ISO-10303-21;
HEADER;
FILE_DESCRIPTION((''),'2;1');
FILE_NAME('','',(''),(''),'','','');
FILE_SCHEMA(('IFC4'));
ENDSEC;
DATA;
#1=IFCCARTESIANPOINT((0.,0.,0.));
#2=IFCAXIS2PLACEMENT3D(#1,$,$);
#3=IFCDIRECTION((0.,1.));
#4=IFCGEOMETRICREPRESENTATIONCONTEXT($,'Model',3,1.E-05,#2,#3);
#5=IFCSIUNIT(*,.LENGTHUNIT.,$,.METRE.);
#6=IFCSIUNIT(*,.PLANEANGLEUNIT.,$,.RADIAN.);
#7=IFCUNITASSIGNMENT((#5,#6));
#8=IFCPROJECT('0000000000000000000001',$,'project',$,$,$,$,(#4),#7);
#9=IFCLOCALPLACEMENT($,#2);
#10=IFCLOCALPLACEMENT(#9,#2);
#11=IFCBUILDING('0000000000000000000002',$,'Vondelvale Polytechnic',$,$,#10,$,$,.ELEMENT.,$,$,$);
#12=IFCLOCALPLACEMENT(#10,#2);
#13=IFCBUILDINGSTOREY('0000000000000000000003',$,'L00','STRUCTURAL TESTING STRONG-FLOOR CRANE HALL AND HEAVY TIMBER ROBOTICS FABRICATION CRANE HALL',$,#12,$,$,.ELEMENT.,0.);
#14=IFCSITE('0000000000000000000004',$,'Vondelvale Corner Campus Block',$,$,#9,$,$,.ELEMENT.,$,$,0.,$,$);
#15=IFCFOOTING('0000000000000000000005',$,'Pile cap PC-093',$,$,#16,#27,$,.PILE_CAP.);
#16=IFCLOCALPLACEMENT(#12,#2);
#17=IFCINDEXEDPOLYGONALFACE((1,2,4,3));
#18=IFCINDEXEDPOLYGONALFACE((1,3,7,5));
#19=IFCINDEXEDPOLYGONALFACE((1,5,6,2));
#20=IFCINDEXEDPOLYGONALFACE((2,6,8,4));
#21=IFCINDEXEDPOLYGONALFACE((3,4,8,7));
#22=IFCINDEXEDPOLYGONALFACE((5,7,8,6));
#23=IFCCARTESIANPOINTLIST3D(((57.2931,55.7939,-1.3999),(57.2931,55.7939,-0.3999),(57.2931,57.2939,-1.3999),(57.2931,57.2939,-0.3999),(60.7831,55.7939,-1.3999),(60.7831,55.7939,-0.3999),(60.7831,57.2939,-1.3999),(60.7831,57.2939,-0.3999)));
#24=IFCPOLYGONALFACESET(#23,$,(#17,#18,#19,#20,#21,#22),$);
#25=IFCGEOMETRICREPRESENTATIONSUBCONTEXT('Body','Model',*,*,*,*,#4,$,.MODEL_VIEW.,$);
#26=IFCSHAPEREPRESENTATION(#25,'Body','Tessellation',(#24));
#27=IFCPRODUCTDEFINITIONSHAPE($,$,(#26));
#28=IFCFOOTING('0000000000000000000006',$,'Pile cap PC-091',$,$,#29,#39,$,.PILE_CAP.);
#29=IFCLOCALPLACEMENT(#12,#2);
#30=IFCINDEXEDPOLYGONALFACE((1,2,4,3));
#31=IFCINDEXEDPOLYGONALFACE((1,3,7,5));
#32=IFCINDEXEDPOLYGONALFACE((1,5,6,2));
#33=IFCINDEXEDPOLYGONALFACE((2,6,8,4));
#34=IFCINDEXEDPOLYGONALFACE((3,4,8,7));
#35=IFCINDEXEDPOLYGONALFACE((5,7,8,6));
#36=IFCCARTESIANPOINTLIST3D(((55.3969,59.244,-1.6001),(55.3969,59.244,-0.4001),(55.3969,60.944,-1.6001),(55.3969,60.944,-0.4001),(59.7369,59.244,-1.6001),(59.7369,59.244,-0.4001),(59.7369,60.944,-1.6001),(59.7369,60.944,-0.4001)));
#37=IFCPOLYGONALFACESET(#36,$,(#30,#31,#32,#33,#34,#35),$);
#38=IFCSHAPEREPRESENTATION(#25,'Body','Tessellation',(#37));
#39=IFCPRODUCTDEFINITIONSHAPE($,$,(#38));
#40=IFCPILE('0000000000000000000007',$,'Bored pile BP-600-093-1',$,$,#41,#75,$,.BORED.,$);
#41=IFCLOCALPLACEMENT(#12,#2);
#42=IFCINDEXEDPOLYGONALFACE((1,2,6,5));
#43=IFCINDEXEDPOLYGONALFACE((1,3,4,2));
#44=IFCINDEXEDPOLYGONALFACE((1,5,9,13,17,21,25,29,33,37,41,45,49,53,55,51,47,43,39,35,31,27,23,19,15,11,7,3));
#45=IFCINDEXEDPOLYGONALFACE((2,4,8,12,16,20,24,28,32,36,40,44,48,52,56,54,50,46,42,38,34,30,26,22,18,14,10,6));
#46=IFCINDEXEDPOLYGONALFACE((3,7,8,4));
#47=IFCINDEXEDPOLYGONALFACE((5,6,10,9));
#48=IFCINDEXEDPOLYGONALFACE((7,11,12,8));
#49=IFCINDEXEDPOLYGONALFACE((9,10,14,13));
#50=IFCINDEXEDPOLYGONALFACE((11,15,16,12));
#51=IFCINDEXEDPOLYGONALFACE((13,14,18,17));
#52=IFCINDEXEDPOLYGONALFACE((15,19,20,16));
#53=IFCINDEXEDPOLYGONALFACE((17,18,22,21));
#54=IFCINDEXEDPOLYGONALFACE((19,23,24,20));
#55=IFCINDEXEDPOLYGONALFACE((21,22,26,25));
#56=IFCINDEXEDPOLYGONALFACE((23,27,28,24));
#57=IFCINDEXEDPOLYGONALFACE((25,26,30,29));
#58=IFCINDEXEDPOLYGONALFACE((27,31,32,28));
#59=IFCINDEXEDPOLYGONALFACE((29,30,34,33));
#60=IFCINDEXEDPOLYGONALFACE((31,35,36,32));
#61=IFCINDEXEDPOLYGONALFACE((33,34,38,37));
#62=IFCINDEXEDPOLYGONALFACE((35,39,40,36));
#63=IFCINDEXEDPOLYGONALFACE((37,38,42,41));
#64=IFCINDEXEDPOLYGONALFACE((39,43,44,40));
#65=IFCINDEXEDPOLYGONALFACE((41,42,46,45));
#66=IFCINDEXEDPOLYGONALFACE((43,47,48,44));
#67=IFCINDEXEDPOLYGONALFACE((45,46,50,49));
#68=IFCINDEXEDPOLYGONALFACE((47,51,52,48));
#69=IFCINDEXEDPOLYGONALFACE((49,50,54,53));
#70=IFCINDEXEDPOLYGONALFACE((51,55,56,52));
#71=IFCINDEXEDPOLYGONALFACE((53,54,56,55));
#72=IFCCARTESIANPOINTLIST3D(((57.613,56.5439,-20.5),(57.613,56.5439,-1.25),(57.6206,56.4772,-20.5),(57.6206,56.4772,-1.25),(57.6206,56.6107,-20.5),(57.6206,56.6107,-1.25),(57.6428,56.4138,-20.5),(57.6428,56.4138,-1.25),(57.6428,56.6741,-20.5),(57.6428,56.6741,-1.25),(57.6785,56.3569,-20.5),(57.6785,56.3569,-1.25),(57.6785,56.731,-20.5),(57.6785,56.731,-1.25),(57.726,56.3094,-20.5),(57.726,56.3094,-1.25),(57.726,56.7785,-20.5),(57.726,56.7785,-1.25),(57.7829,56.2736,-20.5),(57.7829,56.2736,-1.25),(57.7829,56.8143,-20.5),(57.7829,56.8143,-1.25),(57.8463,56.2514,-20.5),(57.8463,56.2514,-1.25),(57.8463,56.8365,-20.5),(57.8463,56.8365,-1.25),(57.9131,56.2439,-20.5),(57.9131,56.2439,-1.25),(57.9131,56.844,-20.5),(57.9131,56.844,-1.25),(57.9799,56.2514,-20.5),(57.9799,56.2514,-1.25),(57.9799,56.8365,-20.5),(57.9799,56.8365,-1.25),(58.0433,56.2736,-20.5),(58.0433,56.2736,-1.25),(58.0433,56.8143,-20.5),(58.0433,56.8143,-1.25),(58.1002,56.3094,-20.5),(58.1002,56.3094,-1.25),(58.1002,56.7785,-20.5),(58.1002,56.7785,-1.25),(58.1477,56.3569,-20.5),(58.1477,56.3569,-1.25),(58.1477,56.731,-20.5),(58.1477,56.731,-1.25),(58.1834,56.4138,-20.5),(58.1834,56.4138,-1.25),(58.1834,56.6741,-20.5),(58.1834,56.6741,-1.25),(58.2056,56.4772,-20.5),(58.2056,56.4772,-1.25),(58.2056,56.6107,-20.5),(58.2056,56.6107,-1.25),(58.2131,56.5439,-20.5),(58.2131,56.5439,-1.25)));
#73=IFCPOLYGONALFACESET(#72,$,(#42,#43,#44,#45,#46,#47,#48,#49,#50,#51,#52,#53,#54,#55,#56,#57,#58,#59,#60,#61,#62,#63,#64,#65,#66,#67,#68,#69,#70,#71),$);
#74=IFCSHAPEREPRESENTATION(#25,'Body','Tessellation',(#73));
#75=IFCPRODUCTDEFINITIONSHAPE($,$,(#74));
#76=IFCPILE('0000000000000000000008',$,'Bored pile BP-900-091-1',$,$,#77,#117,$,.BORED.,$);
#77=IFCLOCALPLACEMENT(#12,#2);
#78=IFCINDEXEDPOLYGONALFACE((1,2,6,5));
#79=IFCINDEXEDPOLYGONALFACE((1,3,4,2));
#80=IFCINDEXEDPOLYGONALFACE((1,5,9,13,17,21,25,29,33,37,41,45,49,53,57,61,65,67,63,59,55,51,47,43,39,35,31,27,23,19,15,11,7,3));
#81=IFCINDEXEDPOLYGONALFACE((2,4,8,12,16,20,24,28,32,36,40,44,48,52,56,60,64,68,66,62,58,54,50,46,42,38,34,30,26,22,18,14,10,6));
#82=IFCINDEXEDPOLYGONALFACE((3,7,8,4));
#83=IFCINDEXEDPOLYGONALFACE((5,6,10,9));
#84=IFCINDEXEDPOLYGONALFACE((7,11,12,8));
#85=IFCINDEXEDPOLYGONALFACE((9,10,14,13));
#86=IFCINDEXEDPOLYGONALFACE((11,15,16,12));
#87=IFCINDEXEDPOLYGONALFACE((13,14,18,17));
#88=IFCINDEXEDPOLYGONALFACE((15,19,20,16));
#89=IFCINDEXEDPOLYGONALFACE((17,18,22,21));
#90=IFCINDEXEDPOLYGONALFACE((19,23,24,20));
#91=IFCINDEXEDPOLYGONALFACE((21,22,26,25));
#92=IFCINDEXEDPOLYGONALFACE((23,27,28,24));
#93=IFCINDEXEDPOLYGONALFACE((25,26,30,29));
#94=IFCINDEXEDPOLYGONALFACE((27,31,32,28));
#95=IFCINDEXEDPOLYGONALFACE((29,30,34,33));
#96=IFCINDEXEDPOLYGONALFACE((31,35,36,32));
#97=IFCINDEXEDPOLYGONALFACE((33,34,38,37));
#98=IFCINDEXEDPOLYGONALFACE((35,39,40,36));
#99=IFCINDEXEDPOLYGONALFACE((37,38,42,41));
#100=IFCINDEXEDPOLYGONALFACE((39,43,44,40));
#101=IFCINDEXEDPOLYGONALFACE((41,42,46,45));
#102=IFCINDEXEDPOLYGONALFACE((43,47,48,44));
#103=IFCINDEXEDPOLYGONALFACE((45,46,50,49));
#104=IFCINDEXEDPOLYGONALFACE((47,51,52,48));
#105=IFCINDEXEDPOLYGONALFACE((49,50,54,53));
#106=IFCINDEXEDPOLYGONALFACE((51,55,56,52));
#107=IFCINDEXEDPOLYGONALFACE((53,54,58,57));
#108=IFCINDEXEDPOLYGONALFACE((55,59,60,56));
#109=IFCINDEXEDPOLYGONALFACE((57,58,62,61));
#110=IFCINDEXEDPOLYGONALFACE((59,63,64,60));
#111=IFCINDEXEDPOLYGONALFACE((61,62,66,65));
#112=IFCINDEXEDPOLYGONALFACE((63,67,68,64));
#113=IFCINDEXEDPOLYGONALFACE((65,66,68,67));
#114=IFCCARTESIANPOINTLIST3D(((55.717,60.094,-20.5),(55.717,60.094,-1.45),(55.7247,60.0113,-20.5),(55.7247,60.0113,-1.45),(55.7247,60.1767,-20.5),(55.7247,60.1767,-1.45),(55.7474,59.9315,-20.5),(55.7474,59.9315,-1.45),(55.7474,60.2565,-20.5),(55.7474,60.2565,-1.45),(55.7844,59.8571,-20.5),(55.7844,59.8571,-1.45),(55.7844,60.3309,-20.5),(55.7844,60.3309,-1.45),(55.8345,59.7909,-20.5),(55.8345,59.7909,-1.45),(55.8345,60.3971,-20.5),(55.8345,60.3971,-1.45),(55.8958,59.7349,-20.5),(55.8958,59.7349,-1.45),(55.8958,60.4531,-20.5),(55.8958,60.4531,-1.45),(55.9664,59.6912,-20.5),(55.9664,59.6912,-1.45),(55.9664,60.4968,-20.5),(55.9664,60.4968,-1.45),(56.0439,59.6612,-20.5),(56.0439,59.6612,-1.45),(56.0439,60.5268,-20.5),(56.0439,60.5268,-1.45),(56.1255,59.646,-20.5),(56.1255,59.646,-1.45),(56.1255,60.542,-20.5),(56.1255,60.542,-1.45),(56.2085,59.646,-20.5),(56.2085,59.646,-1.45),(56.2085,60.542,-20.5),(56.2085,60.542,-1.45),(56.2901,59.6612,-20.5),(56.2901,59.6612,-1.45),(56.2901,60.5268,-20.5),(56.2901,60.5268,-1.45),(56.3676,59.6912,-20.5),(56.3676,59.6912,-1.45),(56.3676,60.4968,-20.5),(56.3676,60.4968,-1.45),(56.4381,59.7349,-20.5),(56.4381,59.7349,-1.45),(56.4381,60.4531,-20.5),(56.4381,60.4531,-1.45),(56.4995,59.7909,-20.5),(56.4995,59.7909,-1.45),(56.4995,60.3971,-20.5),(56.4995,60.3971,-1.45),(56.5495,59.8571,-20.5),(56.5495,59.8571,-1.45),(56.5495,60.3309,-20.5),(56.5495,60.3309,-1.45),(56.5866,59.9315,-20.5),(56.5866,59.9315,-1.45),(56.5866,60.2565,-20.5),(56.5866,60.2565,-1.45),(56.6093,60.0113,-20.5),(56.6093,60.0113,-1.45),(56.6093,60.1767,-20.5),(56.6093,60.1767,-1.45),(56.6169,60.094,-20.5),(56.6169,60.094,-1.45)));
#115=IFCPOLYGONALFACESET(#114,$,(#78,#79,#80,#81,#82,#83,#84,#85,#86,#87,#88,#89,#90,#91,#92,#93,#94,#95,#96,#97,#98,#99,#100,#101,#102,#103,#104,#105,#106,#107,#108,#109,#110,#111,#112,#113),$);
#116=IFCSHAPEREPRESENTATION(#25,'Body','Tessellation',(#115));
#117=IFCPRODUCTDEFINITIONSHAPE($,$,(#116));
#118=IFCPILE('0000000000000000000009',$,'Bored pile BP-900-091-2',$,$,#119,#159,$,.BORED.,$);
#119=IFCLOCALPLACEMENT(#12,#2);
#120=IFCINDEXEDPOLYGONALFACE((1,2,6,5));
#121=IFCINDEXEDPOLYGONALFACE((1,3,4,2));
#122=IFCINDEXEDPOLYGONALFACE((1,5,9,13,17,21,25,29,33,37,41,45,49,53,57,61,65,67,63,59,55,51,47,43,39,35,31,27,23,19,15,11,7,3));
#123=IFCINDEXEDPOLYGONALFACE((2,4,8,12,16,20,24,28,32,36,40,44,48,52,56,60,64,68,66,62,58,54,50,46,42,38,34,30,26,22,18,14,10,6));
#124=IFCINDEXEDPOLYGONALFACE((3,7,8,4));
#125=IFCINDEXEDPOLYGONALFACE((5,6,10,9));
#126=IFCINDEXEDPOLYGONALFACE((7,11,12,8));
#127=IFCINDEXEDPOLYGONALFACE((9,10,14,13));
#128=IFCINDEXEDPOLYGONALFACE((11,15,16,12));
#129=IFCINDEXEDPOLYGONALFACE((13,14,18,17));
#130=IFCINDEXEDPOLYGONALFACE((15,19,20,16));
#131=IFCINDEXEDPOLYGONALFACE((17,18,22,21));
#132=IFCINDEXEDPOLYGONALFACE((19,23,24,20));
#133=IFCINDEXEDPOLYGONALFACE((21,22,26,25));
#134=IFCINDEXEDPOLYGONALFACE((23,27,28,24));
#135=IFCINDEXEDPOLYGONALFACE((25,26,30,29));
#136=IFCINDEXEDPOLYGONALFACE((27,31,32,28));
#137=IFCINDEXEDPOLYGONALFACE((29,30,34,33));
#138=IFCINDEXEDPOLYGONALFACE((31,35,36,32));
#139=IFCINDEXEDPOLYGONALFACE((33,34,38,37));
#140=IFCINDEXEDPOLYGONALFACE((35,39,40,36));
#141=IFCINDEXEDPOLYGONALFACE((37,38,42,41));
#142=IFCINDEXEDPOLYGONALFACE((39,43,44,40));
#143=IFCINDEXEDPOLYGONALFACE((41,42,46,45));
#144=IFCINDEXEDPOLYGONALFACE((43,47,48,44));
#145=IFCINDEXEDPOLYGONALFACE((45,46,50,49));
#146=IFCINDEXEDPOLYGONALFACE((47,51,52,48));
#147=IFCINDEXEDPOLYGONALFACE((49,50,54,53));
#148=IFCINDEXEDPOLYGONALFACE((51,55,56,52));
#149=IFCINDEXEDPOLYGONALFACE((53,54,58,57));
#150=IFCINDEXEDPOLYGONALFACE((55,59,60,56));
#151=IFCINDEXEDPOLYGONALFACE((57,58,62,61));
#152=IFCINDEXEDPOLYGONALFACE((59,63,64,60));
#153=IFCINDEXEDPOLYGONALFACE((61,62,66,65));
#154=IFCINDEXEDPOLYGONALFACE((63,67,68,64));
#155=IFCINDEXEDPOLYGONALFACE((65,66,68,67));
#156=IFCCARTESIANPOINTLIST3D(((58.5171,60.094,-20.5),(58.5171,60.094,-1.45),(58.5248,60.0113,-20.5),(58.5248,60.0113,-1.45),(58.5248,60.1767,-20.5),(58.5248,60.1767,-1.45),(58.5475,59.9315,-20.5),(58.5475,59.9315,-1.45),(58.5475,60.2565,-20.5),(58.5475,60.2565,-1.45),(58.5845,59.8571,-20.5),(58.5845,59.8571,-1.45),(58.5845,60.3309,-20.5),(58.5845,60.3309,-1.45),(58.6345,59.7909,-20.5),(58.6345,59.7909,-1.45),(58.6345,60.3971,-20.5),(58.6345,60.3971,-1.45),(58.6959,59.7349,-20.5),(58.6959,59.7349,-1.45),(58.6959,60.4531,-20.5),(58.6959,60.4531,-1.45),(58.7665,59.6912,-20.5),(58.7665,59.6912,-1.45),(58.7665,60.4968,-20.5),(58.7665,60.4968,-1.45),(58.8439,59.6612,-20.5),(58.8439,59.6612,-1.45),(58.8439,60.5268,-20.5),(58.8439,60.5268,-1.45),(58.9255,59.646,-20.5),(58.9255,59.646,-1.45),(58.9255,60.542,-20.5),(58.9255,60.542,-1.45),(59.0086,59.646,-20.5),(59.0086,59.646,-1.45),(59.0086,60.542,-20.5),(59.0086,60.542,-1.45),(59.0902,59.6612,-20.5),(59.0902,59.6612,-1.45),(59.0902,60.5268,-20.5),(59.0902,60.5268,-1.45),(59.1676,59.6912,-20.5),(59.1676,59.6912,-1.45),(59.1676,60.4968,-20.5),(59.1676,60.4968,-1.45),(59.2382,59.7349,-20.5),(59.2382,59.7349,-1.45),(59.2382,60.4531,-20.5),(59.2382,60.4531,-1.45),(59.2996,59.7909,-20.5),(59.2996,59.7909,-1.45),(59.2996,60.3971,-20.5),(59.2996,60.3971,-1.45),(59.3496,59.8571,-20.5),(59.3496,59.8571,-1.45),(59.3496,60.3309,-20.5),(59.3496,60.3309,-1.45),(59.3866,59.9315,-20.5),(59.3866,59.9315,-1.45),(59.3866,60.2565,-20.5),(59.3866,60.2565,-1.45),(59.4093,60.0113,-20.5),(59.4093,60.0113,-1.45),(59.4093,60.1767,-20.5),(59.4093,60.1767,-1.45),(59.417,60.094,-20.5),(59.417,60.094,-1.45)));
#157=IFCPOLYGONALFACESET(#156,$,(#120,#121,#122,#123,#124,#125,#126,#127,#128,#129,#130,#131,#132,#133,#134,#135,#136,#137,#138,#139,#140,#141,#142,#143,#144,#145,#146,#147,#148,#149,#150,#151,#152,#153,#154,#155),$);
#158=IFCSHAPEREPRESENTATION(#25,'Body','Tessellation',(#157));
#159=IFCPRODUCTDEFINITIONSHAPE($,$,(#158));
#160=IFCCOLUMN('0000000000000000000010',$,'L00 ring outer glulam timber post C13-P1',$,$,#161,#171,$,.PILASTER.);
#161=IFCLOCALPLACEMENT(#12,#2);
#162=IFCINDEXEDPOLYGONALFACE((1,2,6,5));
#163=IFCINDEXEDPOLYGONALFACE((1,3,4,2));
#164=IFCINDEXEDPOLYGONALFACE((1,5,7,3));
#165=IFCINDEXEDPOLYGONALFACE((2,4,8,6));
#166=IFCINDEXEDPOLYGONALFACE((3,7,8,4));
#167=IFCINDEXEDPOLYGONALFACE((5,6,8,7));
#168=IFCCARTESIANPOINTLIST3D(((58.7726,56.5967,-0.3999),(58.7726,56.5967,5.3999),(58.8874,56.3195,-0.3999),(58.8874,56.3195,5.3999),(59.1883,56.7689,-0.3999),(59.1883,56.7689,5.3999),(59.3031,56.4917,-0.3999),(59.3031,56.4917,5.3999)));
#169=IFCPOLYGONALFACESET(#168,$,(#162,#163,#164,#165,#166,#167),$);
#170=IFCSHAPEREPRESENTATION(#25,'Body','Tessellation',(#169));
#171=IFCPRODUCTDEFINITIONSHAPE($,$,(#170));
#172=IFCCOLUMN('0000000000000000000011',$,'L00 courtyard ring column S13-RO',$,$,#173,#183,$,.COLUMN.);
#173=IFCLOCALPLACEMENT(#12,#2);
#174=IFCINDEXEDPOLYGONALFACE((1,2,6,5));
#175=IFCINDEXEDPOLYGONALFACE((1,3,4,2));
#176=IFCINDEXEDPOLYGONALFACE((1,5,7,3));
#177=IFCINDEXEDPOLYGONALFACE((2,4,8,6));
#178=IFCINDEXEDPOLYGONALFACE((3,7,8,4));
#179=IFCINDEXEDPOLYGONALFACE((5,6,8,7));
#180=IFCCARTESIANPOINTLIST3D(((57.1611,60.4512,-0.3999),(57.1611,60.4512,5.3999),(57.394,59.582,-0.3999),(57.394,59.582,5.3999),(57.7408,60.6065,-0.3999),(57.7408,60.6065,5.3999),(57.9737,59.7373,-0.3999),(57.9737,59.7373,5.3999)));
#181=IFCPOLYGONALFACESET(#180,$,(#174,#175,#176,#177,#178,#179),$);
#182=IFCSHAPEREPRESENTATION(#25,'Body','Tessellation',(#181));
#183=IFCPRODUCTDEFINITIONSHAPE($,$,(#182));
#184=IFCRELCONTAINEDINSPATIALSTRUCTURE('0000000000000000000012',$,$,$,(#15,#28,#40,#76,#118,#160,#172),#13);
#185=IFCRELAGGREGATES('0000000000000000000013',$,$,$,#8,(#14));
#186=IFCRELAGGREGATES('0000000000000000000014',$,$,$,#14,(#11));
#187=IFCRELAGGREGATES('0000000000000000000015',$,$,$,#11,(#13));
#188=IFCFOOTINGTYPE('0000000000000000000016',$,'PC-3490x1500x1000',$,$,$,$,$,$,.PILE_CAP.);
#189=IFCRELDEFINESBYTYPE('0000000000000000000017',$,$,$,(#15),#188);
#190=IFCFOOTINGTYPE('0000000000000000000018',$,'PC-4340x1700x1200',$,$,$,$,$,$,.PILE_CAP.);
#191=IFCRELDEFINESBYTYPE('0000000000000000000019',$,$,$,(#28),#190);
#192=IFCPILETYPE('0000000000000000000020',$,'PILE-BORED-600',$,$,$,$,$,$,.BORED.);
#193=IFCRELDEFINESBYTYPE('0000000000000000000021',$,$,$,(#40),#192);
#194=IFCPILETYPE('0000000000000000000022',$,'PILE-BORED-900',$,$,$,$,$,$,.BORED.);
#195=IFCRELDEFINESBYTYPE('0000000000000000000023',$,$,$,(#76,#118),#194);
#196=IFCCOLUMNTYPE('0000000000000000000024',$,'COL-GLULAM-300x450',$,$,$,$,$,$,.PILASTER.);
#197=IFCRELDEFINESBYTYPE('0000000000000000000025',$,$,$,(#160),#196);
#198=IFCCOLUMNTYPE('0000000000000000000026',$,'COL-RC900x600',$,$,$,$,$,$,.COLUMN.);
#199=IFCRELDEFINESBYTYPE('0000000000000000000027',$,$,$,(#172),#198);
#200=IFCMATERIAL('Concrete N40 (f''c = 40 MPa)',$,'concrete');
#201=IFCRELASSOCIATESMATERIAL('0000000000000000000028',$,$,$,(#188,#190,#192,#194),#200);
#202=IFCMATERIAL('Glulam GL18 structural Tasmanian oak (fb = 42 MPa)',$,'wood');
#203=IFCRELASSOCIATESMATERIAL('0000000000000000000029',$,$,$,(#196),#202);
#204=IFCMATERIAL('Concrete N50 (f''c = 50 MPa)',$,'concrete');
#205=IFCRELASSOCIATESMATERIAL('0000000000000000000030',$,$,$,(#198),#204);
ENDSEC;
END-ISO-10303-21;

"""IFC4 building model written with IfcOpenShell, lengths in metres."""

from ifc_helpers import new_model, si_unit, direction, frame, origin, origin_2d, place, context, subcontext, project, spatial, rectangle, circle, extrude, material, material_profile, profile_set, type_object, element, save


model = new_model("IFC4")

# Units and contexts
model_context = context("Model", 3, precision=1e-05, world=origin(), true_north=direction((0.0, 1.0)))
body_context = subcontext(model_context, "Body", "Model", "MODEL_VIEW")
ifc_project = project(units=[si_unit("LENGTHUNIT", "METRE"), si_unit("PLANEANGLEUNIT", "RADIAN")], contexts=[model_context])

# Site, building, storey
site_placement = place(None, origin())
site = spatial("IfcSite", under=ifc_project, at=site_placement, Name="Vondelvale Corner Campus Block", CompositionType="ELEMENT", RefElevation=0.0)
building_placement = place(site_placement, origin())
building = spatial("IfcBuilding", under=site, at=building_placement, Name="Vondelvale Polytechnic", CompositionType="ELEMENT")
storey_placement = place(building_placement, origin())
storey = spatial("IfcBuildingStorey", under=building, at=storey_placement, Name="L00", Description="STRUCTURAL TESTING STRONG-FLOOR CRANE HALL AND HEAVY TIMBER ROBOTICS FABRICATION CRANE HALL", CompositionType="ELEMENT", Elevation=0.0)

# Footings
ifc_material_1 = material(Name="Concrete N40 (f'c = 40 MPa)", Category="concrete")
footing_type_1 = type_object("IfcFootingType", Name="PC-3490x1500x1000", PredefinedType="PILE_CAP", material=ifc_material_1)
footing_1_placement = place(storey_placement, frame((59.0381, 56.5439, -1.3999), z_axis=(0.0, 0.0, 1.0), x_axis=(1.0, 0.0, 0.0)))
element("IfcFooting", 1, at=footing_1_placement, inside=storey, type_object=footing_type_1, Name="Pile cap PC-093", PredefinedType="PILE_CAP", context=body_context, shape_type="SweptSolid", body=[
    extrude(rectangle(XDim=3.49, YDim=1.5, at=origin_2d()), origin(), (0.0, 0.0, 1.0), 1.0),
])
footing_type_2 = type_object("IfcFootingType", Name="PC-4340x1700x1200", PredefinedType="PILE_CAP", material=ifc_material_1)
footing_2_placement = place(storey_placement, frame((57.5669, 60.094, -1.6001), z_axis=(0.0, 0.0, 1.0), x_axis=(1.0, 0.0, 0.0)))
element("IfcFooting", 2, at=footing_2_placement, inside=storey, type_object=footing_type_2, Name="Pile cap PC-091", PredefinedType="PILE_CAP", context=body_context, shape_type="SweptSolid", body=[
    extrude(rectangle(XDim=4.3401, YDim=1.7, at=origin_2d()), origin(), (0.0, 0.0, 1.0), 1.2),
])

# Piles
ifc_material_profile_1 = material_profile(ifc_material_1, circle(Radius=0.3, at=origin_2d()), Name="PILE-D600")
ifc_profile_set_1 = profile_set([ifc_material_profile_1], Name="Concrete N40 (f'c = 40 MPa)")
pile_type_1 = type_object("IfcPileType", Name="PILE-BORED-600", PredefinedType="BORED", material=ifc_profile_set_1)
pile_placement = place(storey_placement, frame((57.9131, 56.5439, -1.25), z_axis=(0.0, 0.0, -1.0), x_axis=(1.0, 0.0, 0.0)))
element("IfcPile", 3, at=pile_placement, inside=storey, type_object=pile_type_1, Name="Bored pile BP-600-093-1", PredefinedType="BORED", context=body_context, shape_type="SweptSolid", body=[
    extrude(circle(Radius=0.3, at=origin_2d()), origin(), (0.0, 0.0, 1.0), 19.25),
])
ifc_material_profile_2 = material_profile(ifc_material_1, circle(Radius=0.45, at=origin_2d()), Name="PILE-D900")
ifc_profile_set_2 = profile_set([ifc_material_profile_2], Name="Concrete N40 (f'c = 40 MPa)")
pile_type_2 = type_object("IfcPileType", Name="PILE-BORED-900", PredefinedType="BORED", material=ifc_profile_set_2)
for number, where, z_axis, x_axis, name in (
    (4, (56.167, 60.094, -1.45), (0.0, 0.0, -1.0), (1.0, 0.0, 0.0), "Bored pile BP-900-091-1"),
    (5, (58.967, 60.094, -1.45), (0.0, 0.0, -1.0), (1.0, 0.0, 0.0), "Bored pile BP-900-091-2"),
):
    element("IfcPile", number, at=place(storey_placement, frame(where, z_axis=z_axis, x_axis=x_axis)), inside=storey, type_object=pile_type_2, Name=name, PredefinedType="BORED", context=body_context, shape_type="SweptSolid", body=[
        extrude(circle(Radius=0.45, at=origin_2d()), origin(), (0.0, 0.0, 1.0), 19.05),
    ])

# Columns
ifc_material_2 = material(Name="Glulam GL18 structural Tasmanian oak (fb = 42 MPa)", Category="wood")
ifc_material_profile_3 = material_profile(ifc_material_2, rectangle(XDim=0.3, YDim=0.45, at=origin_2d()), Name="GL-POST-300x450")
ifc_profile_set_3 = profile_set([ifc_material_profile_3], Name="Glulam GL18 structural Tasmanian oak (fb = 42 MPa)")
column_type_1 = type_object("IfcColumnType", Name="COL-GLULAM-300x450", PredefinedType="PILASTER", material=ifc_profile_set_3)
column_1_placement = place(storey_placement, frame((59.0378, 56.5442, -0.3999), z_axis=(0.0, 0.0, 1.0), x_axis=(-0.382683, 0.92388, 0.0)))
element("IfcColumn", 6, at=column_1_placement, inside=storey, type_object=column_type_1, Name="L00 ring outer glulam timber post C13-P1", PredefinedType="PILASTER", context=body_context, shape_type="SweptSolid", body=[
    extrude(rectangle(XDim=0.3, YDim=0.45, at=origin_2d()), origin(), (0.0, 0.0, 1.0), 5.7998),
])
ifc_material_3 = material(Name="Concrete N50 (f'c = 50 MPa)", Category="concrete")
ifc_material_profile_4 = material_profile(ifc_material_3, rectangle(XDim=0.6001, YDim=0.8999, at=origin_2d()), Name="RC-COL-900x600")
ifc_profile_set_4 = profile_set([ifc_material_profile_4], Name="Concrete N50 (f'c = 50 MPa)")
column_type_2 = type_object("IfcColumnType", Name="COL-RC900x600", PredefinedType="COLUMN", material=ifc_profile_set_4)
column_2_placement = place(storey_placement, frame((57.5674, 60.0942, -0.3999), z_axis=(0.0, 0.0, 1.0), x_axis=(0.965926, 0.258819, 0.0)))
element("IfcColumn", 7, at=column_2_placement, inside=storey, type_object=column_type_2, Name="L00 courtyard ring column S13-RO", PredefinedType="COLUMN", context=body_context, shape_type="SweptSolid", body=[
    extrude(rectangle(XDim=0.6001, YDim=0.8999, at=origin_2d()), origin(), (0.0, 0.0, 1.0), 5.7998),
])

save(model, "model.ifc")
